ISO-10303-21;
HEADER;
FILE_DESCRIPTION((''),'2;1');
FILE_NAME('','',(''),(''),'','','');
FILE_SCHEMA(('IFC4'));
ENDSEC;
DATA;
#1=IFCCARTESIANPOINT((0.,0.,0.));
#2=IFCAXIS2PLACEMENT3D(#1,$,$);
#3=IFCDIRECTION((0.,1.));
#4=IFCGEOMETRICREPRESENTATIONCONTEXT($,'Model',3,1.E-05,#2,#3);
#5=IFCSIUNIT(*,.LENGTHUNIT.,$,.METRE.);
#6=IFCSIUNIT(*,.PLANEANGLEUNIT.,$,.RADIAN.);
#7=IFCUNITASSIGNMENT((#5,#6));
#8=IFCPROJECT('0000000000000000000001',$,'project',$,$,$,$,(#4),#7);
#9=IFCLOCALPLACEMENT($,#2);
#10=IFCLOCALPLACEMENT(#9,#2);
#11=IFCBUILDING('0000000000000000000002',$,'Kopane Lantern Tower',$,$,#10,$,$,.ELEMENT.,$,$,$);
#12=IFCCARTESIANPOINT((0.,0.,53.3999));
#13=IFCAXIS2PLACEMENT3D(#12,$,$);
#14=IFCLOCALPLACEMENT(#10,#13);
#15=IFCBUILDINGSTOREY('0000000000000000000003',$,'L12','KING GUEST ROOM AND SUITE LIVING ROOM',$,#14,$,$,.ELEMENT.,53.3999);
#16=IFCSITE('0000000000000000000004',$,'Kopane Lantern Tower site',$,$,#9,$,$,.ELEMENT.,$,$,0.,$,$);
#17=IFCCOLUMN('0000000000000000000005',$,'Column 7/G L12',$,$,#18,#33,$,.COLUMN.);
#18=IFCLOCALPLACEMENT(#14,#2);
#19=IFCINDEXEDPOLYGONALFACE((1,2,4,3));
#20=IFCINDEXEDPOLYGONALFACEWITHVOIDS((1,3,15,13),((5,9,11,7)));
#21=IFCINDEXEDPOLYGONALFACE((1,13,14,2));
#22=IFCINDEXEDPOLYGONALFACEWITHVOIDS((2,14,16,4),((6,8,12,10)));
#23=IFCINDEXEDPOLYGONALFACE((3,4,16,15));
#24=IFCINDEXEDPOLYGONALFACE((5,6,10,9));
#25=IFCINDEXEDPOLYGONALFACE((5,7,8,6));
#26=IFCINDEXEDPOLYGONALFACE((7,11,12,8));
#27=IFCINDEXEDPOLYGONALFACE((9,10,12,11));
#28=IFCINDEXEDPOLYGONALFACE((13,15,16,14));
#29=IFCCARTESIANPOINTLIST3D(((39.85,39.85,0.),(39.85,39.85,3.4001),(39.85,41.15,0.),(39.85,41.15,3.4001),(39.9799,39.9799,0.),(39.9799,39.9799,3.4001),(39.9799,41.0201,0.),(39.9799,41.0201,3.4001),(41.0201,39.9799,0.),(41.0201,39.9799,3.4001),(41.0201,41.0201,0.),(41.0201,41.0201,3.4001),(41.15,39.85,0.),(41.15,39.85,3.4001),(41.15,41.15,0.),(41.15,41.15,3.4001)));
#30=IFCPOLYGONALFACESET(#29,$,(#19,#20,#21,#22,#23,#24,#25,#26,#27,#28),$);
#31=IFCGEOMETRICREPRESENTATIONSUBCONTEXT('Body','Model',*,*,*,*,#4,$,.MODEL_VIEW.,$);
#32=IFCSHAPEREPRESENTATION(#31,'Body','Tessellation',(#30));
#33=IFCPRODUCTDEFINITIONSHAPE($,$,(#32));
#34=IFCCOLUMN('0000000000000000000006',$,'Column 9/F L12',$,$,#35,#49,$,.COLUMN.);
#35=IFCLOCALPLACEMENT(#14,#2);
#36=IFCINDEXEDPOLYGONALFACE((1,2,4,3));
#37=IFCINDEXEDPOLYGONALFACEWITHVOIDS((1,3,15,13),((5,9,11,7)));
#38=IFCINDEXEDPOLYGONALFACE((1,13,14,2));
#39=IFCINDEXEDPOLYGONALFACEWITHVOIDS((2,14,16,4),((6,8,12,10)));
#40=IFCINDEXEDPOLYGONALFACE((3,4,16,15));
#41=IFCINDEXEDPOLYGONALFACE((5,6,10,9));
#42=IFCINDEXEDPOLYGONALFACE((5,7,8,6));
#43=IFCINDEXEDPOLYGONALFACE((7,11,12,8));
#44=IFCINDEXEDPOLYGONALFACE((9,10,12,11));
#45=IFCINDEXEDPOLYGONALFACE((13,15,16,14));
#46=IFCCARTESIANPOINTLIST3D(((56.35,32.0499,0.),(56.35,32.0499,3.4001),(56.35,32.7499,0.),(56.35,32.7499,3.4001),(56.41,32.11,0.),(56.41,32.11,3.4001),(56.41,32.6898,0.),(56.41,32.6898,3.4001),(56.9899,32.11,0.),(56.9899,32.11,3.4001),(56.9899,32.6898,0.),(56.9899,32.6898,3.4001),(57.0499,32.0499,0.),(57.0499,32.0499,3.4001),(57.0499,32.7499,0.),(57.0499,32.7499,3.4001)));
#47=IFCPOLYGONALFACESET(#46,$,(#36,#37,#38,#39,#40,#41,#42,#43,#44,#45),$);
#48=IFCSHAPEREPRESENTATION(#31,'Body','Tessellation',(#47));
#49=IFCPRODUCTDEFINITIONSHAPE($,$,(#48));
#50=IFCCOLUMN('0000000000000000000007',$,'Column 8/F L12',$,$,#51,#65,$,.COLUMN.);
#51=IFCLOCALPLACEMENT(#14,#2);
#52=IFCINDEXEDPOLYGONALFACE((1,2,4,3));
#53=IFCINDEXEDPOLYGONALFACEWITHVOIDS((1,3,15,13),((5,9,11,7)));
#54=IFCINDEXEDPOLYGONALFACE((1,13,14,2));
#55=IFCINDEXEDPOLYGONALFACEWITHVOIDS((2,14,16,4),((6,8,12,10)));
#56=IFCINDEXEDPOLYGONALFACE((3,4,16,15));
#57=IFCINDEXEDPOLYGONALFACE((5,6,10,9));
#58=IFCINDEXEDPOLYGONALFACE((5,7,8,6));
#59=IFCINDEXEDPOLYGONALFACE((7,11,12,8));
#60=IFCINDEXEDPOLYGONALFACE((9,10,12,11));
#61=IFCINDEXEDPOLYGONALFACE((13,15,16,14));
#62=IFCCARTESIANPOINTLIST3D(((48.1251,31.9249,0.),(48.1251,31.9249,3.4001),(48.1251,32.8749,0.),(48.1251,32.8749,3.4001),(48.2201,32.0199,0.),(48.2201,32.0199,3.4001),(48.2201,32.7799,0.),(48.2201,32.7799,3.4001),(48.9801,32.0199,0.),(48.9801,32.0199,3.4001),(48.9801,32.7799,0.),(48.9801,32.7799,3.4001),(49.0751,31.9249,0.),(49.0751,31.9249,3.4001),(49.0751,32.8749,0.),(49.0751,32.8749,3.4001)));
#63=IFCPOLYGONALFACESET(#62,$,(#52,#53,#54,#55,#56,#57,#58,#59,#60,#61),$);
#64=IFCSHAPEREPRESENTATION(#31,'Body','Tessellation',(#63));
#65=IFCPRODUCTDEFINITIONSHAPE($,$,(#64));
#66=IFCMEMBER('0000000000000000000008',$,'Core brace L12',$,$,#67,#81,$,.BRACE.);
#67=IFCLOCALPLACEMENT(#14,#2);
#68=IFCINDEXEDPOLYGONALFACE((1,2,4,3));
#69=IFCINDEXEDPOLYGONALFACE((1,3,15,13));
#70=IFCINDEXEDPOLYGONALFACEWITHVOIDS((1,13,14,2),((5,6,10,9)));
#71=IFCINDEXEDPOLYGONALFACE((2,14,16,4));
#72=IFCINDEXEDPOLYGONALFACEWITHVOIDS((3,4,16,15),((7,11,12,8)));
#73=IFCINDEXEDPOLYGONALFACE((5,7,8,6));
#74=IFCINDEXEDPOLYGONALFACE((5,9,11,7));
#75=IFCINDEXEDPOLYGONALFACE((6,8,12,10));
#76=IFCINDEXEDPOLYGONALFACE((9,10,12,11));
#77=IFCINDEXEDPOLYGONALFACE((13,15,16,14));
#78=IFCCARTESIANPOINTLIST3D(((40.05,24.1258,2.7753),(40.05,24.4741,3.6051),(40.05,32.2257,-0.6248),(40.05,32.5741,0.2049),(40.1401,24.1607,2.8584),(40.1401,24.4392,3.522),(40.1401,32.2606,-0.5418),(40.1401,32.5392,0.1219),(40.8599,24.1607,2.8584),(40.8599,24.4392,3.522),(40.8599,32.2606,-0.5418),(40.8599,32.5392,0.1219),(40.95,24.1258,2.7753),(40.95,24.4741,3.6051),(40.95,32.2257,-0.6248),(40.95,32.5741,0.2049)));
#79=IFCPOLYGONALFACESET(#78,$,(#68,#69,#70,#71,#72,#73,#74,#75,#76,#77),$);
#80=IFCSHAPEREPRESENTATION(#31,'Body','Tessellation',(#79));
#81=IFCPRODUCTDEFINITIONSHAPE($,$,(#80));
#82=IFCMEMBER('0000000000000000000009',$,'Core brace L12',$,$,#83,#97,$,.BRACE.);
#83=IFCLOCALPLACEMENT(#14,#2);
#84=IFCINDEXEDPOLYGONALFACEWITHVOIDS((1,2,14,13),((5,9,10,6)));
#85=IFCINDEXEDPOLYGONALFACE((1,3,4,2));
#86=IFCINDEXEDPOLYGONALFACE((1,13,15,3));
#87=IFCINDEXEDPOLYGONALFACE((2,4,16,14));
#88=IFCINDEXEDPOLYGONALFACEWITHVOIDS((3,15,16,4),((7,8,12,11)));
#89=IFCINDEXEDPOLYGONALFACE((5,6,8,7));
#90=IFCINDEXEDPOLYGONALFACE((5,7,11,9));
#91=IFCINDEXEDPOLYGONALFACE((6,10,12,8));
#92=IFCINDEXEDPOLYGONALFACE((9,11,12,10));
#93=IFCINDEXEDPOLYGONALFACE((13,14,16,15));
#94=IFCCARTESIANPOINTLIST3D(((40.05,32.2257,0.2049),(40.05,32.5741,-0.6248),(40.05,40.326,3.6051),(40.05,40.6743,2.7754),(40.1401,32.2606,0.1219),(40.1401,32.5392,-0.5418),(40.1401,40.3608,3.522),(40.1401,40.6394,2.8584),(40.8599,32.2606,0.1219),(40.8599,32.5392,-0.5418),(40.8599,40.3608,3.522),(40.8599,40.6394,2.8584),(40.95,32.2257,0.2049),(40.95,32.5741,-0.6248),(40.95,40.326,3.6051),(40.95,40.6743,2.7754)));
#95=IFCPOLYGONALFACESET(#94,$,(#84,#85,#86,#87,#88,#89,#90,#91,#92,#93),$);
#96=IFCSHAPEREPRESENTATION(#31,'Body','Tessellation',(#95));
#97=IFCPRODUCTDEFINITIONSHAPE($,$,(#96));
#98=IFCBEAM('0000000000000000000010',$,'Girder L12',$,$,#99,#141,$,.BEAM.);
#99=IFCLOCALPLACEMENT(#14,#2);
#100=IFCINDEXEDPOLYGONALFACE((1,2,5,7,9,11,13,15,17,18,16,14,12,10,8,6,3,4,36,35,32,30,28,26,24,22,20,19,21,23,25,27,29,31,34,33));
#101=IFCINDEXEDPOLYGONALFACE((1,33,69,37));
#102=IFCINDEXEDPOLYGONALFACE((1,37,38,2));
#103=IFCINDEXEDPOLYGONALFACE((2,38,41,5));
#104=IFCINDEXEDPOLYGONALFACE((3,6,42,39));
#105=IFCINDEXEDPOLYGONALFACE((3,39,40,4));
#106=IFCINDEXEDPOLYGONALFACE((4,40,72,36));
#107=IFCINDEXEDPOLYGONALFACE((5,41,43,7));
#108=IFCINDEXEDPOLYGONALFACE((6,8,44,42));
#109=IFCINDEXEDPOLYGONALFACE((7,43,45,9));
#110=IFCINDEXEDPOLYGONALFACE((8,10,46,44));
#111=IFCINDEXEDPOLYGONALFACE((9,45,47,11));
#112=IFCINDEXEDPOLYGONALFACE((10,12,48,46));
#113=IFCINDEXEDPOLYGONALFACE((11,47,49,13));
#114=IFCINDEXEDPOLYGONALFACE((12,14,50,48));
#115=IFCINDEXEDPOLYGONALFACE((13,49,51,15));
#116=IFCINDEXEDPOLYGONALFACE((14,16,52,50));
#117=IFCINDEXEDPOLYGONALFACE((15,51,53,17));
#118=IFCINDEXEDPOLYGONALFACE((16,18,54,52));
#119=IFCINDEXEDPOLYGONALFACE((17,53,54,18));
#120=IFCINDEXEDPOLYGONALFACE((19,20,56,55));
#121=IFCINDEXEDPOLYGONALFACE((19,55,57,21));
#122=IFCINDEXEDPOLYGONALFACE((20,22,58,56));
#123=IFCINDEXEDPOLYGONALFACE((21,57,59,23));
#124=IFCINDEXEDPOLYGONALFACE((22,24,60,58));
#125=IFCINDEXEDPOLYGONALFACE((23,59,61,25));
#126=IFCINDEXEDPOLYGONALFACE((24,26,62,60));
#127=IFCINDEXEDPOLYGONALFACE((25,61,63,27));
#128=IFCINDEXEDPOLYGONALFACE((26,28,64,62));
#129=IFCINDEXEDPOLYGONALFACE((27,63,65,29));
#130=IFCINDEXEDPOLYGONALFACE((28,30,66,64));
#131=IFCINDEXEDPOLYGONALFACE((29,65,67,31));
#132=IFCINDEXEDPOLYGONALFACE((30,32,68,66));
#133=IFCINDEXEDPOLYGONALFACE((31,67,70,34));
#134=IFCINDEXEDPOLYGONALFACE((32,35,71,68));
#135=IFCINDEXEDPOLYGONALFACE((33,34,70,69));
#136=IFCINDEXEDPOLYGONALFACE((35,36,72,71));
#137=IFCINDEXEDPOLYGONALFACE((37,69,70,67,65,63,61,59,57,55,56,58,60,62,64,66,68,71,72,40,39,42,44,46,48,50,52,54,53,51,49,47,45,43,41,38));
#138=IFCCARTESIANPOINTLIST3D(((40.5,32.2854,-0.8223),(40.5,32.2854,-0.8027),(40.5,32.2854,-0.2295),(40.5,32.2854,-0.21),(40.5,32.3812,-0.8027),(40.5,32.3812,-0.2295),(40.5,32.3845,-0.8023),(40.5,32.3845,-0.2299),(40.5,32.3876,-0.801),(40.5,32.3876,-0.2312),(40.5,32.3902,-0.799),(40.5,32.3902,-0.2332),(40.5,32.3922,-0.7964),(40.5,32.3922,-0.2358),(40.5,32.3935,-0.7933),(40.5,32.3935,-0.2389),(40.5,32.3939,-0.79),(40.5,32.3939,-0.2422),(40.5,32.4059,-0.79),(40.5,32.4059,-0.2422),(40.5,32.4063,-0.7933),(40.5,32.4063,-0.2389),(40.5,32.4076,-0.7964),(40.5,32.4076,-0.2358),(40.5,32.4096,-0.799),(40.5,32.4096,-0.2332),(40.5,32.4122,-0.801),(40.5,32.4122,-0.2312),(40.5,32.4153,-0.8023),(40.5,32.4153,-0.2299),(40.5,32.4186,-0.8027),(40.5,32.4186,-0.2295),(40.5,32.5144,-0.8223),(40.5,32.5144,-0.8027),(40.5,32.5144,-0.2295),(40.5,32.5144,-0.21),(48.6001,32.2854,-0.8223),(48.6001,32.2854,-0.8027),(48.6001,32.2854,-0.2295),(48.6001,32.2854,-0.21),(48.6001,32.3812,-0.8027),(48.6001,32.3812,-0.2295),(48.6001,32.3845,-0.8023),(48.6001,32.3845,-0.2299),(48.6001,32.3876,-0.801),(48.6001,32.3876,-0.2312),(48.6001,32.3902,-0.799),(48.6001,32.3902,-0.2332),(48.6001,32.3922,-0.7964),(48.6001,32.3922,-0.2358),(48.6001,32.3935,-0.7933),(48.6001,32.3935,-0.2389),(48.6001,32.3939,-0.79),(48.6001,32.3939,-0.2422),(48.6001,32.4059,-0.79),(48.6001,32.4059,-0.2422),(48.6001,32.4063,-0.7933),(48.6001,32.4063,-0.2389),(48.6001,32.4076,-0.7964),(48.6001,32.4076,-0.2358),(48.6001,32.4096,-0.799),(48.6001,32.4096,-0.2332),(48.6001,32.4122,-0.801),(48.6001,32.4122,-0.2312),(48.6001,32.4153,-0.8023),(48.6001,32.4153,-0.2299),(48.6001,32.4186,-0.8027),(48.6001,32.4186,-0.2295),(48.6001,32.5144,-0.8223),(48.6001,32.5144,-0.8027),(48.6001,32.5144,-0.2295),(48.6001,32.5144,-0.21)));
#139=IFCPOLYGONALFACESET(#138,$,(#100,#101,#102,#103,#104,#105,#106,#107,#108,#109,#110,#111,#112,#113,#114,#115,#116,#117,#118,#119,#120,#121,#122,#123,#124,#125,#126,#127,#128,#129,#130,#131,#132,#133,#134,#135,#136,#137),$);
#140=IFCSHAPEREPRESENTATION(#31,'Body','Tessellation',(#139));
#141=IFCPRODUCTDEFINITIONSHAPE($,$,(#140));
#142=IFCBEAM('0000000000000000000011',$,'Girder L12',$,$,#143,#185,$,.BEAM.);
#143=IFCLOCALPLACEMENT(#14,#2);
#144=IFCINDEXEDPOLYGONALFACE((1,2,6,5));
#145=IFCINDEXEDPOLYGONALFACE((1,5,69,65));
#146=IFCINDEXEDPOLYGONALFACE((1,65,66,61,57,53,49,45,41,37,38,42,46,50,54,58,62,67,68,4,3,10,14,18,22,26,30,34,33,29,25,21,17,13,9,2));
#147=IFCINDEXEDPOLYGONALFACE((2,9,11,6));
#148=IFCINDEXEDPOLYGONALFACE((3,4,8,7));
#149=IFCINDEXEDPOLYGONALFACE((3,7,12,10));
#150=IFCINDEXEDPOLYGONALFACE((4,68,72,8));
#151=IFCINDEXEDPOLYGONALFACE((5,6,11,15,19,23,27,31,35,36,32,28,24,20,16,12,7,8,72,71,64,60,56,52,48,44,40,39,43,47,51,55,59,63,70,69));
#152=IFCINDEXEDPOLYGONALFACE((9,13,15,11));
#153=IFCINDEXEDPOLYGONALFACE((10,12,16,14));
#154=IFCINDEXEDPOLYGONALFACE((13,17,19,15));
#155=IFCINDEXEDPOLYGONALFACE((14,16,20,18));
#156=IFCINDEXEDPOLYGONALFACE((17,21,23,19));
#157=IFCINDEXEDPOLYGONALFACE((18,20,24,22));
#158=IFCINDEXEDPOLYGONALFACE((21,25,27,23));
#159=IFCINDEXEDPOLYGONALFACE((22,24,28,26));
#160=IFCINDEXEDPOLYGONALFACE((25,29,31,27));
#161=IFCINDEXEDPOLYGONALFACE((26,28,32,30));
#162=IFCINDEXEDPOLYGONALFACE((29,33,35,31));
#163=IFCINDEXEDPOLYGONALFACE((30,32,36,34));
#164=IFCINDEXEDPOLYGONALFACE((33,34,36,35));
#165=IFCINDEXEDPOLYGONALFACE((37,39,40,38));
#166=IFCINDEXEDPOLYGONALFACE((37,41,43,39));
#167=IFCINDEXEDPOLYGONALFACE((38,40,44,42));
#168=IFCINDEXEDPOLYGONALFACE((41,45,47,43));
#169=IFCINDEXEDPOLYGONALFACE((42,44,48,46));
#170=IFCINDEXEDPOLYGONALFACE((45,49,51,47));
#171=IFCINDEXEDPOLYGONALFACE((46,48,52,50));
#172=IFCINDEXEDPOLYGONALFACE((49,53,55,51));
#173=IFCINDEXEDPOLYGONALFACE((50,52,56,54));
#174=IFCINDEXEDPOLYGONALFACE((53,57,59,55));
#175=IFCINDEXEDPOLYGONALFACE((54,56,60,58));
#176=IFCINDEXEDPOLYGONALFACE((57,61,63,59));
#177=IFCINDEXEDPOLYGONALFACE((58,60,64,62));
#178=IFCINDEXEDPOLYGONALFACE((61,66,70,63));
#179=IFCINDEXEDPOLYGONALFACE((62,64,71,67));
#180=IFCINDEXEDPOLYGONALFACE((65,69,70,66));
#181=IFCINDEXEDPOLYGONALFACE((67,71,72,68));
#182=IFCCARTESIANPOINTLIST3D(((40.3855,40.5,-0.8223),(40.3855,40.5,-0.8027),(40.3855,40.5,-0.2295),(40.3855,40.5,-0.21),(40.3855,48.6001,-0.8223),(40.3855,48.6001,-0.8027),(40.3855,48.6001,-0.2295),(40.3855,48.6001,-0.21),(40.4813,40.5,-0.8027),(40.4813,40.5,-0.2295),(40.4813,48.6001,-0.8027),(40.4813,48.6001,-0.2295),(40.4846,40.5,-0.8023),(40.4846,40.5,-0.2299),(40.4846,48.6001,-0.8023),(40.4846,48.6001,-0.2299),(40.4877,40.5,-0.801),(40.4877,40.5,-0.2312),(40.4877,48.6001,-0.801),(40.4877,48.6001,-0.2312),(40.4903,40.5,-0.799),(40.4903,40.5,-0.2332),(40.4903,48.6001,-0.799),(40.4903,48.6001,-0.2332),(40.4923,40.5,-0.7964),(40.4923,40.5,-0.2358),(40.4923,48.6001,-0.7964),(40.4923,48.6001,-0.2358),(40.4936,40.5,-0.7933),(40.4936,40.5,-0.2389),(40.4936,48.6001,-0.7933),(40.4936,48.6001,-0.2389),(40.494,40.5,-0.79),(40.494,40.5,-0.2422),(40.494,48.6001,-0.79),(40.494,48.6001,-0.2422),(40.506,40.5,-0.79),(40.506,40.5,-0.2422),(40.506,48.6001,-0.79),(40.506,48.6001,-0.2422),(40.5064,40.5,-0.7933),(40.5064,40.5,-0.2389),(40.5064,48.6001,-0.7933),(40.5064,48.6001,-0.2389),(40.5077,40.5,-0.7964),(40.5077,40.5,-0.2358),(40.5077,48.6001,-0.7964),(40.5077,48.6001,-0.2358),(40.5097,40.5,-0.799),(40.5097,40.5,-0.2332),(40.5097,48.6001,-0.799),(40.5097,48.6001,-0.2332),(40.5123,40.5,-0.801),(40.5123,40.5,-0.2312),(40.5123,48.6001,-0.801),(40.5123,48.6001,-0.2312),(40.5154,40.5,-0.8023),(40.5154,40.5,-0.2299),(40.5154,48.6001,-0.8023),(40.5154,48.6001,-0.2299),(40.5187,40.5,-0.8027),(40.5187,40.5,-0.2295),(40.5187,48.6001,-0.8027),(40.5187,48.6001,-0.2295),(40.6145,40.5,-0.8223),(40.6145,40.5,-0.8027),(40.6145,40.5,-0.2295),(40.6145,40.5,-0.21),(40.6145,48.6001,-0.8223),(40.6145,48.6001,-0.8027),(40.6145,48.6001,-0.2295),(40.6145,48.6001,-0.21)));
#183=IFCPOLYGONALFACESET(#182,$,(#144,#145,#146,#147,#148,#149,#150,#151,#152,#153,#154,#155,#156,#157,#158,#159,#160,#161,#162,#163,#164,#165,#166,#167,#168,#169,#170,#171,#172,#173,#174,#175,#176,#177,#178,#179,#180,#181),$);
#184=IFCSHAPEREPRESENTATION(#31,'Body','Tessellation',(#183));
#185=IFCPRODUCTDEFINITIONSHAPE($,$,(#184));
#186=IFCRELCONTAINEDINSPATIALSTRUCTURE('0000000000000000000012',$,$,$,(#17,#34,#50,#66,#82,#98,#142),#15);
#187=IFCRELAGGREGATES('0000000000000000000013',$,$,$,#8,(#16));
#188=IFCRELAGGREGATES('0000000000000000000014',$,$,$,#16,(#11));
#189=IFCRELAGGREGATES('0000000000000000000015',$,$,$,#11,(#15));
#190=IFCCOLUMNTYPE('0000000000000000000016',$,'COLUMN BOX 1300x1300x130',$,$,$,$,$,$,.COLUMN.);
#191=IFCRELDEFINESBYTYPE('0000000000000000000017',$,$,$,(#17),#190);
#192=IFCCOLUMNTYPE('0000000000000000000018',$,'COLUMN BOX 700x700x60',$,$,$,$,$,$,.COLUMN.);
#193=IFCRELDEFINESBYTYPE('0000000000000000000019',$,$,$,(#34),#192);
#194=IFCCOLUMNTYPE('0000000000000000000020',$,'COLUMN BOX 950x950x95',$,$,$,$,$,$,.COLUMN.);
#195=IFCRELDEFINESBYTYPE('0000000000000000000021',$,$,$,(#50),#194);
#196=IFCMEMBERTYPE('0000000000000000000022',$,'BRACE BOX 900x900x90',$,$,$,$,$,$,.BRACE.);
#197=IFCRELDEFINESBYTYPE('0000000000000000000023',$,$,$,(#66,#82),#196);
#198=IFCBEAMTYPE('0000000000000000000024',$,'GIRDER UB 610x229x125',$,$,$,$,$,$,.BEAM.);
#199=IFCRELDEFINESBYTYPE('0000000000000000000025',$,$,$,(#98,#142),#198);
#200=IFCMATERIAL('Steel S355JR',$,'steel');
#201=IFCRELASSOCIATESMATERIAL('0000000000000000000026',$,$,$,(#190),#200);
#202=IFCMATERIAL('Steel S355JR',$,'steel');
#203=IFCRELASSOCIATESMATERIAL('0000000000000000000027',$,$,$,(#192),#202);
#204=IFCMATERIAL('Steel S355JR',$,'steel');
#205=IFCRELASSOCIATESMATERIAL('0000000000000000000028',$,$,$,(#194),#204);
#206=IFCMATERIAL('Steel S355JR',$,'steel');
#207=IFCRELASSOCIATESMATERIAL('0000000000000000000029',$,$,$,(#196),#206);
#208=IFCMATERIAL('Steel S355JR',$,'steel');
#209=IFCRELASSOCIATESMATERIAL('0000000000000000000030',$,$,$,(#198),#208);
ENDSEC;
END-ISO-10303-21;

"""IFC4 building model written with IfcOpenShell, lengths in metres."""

from ifc_helpers import new_model, si_unit, direction, frame, origin, origin_2d, place, context, subcontext, project, spatial, hollow_rectangle, i_section, extrude, material, material_profile, profile_set, type_object, element, save


model = new_model("IFC4")

# Units and contexts
model_context = context("Model", 3, precision=1e-05, world=origin(), true_north=direction((0.0, 1.0)))
body_context = subcontext(model_context, "Body", "Model", "MODEL_VIEW")
ifc_project = project(units=[si_unit("LENGTHUNIT", "METRE"), si_unit("PLANEANGLEUNIT", "RADIAN")], contexts=[model_context])

# Site, building, storey
site_placement = place(None, origin())
site = spatial("IfcSite", under=ifc_project, at=site_placement, Name="Kopane Lantern Tower site", CompositionType="ELEMENT", RefElevation=0.0)
building_placement = place(site_placement, origin())
building = spatial("IfcBuilding", under=site, at=building_placement, Name="Kopane Lantern Tower", CompositionType="ELEMENT")
storey_placement = place(building_placement, frame((0.0, 0.0, 53.3999)))
storey = spatial("IfcBuildingStorey", under=building, at=storey_placement, Name="L12", Description="KING GUEST ROOM AND SUITE LIVING ROOM", CompositionType="ELEMENT", Elevation=53.3999)

# Columns
ifc_material_1 = material(Name="Steel S355JR", Category="steel")
ifc_material_profile_1 = material_profile(ifc_material_1, hollow_rectangle(XDim=1.3, YDim=1.3, WallThickness=0.1299, at=origin_2d()), Name="BOX 1300x1300x130")
ifc_profile_set_1 = profile_set([ifc_material_profile_1], Name="Steel S355JR")
column_type_1 = type_object("IfcColumnType", Name="COLUMN BOX 1300x1300x130", PredefinedType="COLUMN", material=ifc_profile_set_1)
column_1_placement = place(storey_placement, frame((40.5, 40.5, 0.0), z_axis=(0.0, 0.0, 1.0), x_axis=(1.0, 0.0, 0.0)))
element("IfcColumn", 1, at=column_1_placement, inside=storey, type_object=column_type_1, Name="Column 7/G L12", PredefinedType="COLUMN", context=body_context, shape_type="SweptSolid", body=[
    extrude(hollow_rectangle(XDim=1.3, YDim=1.3, WallThickness=0.1299, at=origin_2d()), origin(), (0.0, 0.0, 1.0), 3.4001),
])
ifc_material_2 = material(Name="Steel S355JR", Category="steel")
ifc_material_profile_2 = material_profile(ifc_material_2, hollow_rectangle(XDim=0.7, YDim=0.7, WallThickness=0.0601, at=origin_2d()), Name="BOX 700x700x60")
ifc_profile_set_2 = profile_set([ifc_material_profile_2], Name="Steel S355JR")
column_type_2 = type_object("IfcColumnType", Name="COLUMN BOX 700x700x60", PredefinedType="COLUMN", material=ifc_profile_set_2)
column_2_placement = place(storey_placement, frame((56.7, 32.3999, 0.0), z_axis=(0.0, 0.0, 1.0), x_axis=(1.0, 0.0, 0.0)))
element("IfcColumn", 2, at=column_2_placement, inside=storey, type_object=column_type_2, Name="Column 9/F L12", PredefinedType="COLUMN", context=body_context, shape_type="SweptSolid", body=[
    extrude(hollow_rectangle(XDim=0.7, YDim=0.7, WallThickness=0.0601, at=origin_2d()), origin(), (0.0, 0.0, 1.0), 3.4001),
])
ifc_material_3 = material(Name="Steel S355JR", Category="steel")
ifc_material_profile_3 = material_profile(ifc_material_3, hollow_rectangle(XDim=0.95, YDim=0.95, WallThickness=0.095, at=origin_2d()), Name="BOX 950x950x95")
ifc_profile_set_3 = profile_set([ifc_material_profile_3], Name="Steel S355JR")
column_type_3 = type_object("IfcColumnType", Name="COLUMN BOX 950x950x95", PredefinedType="COLUMN", material=ifc_profile_set_3)
column_3_placement = place(storey_placement, frame((48.6001, 32.3999, 0.0), z_axis=(0.0, 0.0, 1.0), x_axis=(1.0, 0.0, 0.0)))
element("IfcColumn", 3, at=column_3_placement, inside=storey, type_object=column_type_3, Name="Column 8/F L12", PredefinedType="COLUMN", context=body_context, shape_type="SweptSolid", body=[
    extrude(hollow_rectangle(XDim=0.95, YDim=0.95, WallThickness=0.095, at=origin_2d()), origin(), (0.0, 0.0, 1.0), 3.4001),
])

# Members
ifc_material_4 = material(Name="Steel S355JR", Category="steel")
ifc_material_profile_4 = material_profile(ifc_material_4, hollow_rectangle(XDim=0.8999, YDim=0.8999, WallThickness=0.0901, at=origin_2d()), Name="BOX 900x900x90")
ifc_profile_set_4 = profile_set([ifc_material_profile_4], Name="Steel S355JR")
member_type = type_object("IfcMemberType", Name="BRACE BOX 900x900x90", PredefinedType="BRACE", material=ifc_profile_set_4)
member_1_placement = place(storey_placement, frame((40.5, 32.3999, -0.21), z_axis=(0.0, -0.922055, 0.387059), x_axis=(1.0, 0.0, 0.0)))
element("IfcMember", 4, at=member_1_placement, inside=storey, type_object=member_type, Name="Core brace L12", PredefinedType="BRACE", context=body_context, shape_type="SweptSolid", body=[
    extrude(hollow_rectangle(XDim=0.8999, YDim=0.8999, WallThickness=0.0901, at=origin_2d()), origin(), (0.0, 0.0, 1.0), 8.7847),
])
member_2_placement = place(storey_placement, frame((40.5, 32.3999, -0.21), z_axis=(0.0, 0.922059, 0.387049), x_axis=(-1.0, 0.0, 0.0)))
element("IfcMember", 5, at=member_2_placement, inside=storey, type_object=member_type, Name="Core brace L12", PredefinedType="BRACE", context=body_context, shape_type="SweptSolid", body=[
    extrude(hollow_rectangle(XDim=0.8999, YDim=0.8999, WallThickness=0.0901, at=origin_2d()), origin(), (0.0, 0.0, 1.0), 8.7849),
])

# Beams
ifc_material_5 = material(Name="Steel S355JR", Category="steel")
ifc_material_profile_5 = material_profile(ifc_material_5, i_section(OverallWidth=0.229, OverallDepth=0.6123, WebThickness=0.012, FlangeThickness=0.0195, FilletRadius=0.0127, at=origin_2d()), Name="UB 610x229x125")
ifc_profile_set_5 = profile_set([ifc_material_profile_5], Name="Steel S355JR")
beam_type = type_object("IfcBeamType", Name="GIRDER UB 610x229x125", PredefinedType="BEAM", material=ifc_profile_set_5)
for number, where, z_axis, x_axis, name in (
    (6, (40.5, 32.3999, -0.5161), (1.0, 0.0, 0.0), (0.0, 1.0, 0.0), "Girder L12"),
    (7, (40.5, 40.5, -0.5161), (0.0, 1.0, 0.0), (-1.0, 0.0, 0.0), "Girder L12"),
):
    element("IfcBeam", number, at=place(storey_placement, frame(where, z_axis=z_axis, x_axis=x_axis)), inside=storey, type_object=beam_type, Name=name, PredefinedType="BEAM", context=body_context, shape_type="SweptSolid", body=[
        extrude(i_section(OverallWidth=0.229, OverallDepth=0.6123, WebThickness=0.012, FlangeThickness=0.0195, FilletRadius=0.0127, at=origin_2d()), origin(), (0.0, 0.0, 1.0), 8.1001),
    ])

save(model, "model.ifc")
